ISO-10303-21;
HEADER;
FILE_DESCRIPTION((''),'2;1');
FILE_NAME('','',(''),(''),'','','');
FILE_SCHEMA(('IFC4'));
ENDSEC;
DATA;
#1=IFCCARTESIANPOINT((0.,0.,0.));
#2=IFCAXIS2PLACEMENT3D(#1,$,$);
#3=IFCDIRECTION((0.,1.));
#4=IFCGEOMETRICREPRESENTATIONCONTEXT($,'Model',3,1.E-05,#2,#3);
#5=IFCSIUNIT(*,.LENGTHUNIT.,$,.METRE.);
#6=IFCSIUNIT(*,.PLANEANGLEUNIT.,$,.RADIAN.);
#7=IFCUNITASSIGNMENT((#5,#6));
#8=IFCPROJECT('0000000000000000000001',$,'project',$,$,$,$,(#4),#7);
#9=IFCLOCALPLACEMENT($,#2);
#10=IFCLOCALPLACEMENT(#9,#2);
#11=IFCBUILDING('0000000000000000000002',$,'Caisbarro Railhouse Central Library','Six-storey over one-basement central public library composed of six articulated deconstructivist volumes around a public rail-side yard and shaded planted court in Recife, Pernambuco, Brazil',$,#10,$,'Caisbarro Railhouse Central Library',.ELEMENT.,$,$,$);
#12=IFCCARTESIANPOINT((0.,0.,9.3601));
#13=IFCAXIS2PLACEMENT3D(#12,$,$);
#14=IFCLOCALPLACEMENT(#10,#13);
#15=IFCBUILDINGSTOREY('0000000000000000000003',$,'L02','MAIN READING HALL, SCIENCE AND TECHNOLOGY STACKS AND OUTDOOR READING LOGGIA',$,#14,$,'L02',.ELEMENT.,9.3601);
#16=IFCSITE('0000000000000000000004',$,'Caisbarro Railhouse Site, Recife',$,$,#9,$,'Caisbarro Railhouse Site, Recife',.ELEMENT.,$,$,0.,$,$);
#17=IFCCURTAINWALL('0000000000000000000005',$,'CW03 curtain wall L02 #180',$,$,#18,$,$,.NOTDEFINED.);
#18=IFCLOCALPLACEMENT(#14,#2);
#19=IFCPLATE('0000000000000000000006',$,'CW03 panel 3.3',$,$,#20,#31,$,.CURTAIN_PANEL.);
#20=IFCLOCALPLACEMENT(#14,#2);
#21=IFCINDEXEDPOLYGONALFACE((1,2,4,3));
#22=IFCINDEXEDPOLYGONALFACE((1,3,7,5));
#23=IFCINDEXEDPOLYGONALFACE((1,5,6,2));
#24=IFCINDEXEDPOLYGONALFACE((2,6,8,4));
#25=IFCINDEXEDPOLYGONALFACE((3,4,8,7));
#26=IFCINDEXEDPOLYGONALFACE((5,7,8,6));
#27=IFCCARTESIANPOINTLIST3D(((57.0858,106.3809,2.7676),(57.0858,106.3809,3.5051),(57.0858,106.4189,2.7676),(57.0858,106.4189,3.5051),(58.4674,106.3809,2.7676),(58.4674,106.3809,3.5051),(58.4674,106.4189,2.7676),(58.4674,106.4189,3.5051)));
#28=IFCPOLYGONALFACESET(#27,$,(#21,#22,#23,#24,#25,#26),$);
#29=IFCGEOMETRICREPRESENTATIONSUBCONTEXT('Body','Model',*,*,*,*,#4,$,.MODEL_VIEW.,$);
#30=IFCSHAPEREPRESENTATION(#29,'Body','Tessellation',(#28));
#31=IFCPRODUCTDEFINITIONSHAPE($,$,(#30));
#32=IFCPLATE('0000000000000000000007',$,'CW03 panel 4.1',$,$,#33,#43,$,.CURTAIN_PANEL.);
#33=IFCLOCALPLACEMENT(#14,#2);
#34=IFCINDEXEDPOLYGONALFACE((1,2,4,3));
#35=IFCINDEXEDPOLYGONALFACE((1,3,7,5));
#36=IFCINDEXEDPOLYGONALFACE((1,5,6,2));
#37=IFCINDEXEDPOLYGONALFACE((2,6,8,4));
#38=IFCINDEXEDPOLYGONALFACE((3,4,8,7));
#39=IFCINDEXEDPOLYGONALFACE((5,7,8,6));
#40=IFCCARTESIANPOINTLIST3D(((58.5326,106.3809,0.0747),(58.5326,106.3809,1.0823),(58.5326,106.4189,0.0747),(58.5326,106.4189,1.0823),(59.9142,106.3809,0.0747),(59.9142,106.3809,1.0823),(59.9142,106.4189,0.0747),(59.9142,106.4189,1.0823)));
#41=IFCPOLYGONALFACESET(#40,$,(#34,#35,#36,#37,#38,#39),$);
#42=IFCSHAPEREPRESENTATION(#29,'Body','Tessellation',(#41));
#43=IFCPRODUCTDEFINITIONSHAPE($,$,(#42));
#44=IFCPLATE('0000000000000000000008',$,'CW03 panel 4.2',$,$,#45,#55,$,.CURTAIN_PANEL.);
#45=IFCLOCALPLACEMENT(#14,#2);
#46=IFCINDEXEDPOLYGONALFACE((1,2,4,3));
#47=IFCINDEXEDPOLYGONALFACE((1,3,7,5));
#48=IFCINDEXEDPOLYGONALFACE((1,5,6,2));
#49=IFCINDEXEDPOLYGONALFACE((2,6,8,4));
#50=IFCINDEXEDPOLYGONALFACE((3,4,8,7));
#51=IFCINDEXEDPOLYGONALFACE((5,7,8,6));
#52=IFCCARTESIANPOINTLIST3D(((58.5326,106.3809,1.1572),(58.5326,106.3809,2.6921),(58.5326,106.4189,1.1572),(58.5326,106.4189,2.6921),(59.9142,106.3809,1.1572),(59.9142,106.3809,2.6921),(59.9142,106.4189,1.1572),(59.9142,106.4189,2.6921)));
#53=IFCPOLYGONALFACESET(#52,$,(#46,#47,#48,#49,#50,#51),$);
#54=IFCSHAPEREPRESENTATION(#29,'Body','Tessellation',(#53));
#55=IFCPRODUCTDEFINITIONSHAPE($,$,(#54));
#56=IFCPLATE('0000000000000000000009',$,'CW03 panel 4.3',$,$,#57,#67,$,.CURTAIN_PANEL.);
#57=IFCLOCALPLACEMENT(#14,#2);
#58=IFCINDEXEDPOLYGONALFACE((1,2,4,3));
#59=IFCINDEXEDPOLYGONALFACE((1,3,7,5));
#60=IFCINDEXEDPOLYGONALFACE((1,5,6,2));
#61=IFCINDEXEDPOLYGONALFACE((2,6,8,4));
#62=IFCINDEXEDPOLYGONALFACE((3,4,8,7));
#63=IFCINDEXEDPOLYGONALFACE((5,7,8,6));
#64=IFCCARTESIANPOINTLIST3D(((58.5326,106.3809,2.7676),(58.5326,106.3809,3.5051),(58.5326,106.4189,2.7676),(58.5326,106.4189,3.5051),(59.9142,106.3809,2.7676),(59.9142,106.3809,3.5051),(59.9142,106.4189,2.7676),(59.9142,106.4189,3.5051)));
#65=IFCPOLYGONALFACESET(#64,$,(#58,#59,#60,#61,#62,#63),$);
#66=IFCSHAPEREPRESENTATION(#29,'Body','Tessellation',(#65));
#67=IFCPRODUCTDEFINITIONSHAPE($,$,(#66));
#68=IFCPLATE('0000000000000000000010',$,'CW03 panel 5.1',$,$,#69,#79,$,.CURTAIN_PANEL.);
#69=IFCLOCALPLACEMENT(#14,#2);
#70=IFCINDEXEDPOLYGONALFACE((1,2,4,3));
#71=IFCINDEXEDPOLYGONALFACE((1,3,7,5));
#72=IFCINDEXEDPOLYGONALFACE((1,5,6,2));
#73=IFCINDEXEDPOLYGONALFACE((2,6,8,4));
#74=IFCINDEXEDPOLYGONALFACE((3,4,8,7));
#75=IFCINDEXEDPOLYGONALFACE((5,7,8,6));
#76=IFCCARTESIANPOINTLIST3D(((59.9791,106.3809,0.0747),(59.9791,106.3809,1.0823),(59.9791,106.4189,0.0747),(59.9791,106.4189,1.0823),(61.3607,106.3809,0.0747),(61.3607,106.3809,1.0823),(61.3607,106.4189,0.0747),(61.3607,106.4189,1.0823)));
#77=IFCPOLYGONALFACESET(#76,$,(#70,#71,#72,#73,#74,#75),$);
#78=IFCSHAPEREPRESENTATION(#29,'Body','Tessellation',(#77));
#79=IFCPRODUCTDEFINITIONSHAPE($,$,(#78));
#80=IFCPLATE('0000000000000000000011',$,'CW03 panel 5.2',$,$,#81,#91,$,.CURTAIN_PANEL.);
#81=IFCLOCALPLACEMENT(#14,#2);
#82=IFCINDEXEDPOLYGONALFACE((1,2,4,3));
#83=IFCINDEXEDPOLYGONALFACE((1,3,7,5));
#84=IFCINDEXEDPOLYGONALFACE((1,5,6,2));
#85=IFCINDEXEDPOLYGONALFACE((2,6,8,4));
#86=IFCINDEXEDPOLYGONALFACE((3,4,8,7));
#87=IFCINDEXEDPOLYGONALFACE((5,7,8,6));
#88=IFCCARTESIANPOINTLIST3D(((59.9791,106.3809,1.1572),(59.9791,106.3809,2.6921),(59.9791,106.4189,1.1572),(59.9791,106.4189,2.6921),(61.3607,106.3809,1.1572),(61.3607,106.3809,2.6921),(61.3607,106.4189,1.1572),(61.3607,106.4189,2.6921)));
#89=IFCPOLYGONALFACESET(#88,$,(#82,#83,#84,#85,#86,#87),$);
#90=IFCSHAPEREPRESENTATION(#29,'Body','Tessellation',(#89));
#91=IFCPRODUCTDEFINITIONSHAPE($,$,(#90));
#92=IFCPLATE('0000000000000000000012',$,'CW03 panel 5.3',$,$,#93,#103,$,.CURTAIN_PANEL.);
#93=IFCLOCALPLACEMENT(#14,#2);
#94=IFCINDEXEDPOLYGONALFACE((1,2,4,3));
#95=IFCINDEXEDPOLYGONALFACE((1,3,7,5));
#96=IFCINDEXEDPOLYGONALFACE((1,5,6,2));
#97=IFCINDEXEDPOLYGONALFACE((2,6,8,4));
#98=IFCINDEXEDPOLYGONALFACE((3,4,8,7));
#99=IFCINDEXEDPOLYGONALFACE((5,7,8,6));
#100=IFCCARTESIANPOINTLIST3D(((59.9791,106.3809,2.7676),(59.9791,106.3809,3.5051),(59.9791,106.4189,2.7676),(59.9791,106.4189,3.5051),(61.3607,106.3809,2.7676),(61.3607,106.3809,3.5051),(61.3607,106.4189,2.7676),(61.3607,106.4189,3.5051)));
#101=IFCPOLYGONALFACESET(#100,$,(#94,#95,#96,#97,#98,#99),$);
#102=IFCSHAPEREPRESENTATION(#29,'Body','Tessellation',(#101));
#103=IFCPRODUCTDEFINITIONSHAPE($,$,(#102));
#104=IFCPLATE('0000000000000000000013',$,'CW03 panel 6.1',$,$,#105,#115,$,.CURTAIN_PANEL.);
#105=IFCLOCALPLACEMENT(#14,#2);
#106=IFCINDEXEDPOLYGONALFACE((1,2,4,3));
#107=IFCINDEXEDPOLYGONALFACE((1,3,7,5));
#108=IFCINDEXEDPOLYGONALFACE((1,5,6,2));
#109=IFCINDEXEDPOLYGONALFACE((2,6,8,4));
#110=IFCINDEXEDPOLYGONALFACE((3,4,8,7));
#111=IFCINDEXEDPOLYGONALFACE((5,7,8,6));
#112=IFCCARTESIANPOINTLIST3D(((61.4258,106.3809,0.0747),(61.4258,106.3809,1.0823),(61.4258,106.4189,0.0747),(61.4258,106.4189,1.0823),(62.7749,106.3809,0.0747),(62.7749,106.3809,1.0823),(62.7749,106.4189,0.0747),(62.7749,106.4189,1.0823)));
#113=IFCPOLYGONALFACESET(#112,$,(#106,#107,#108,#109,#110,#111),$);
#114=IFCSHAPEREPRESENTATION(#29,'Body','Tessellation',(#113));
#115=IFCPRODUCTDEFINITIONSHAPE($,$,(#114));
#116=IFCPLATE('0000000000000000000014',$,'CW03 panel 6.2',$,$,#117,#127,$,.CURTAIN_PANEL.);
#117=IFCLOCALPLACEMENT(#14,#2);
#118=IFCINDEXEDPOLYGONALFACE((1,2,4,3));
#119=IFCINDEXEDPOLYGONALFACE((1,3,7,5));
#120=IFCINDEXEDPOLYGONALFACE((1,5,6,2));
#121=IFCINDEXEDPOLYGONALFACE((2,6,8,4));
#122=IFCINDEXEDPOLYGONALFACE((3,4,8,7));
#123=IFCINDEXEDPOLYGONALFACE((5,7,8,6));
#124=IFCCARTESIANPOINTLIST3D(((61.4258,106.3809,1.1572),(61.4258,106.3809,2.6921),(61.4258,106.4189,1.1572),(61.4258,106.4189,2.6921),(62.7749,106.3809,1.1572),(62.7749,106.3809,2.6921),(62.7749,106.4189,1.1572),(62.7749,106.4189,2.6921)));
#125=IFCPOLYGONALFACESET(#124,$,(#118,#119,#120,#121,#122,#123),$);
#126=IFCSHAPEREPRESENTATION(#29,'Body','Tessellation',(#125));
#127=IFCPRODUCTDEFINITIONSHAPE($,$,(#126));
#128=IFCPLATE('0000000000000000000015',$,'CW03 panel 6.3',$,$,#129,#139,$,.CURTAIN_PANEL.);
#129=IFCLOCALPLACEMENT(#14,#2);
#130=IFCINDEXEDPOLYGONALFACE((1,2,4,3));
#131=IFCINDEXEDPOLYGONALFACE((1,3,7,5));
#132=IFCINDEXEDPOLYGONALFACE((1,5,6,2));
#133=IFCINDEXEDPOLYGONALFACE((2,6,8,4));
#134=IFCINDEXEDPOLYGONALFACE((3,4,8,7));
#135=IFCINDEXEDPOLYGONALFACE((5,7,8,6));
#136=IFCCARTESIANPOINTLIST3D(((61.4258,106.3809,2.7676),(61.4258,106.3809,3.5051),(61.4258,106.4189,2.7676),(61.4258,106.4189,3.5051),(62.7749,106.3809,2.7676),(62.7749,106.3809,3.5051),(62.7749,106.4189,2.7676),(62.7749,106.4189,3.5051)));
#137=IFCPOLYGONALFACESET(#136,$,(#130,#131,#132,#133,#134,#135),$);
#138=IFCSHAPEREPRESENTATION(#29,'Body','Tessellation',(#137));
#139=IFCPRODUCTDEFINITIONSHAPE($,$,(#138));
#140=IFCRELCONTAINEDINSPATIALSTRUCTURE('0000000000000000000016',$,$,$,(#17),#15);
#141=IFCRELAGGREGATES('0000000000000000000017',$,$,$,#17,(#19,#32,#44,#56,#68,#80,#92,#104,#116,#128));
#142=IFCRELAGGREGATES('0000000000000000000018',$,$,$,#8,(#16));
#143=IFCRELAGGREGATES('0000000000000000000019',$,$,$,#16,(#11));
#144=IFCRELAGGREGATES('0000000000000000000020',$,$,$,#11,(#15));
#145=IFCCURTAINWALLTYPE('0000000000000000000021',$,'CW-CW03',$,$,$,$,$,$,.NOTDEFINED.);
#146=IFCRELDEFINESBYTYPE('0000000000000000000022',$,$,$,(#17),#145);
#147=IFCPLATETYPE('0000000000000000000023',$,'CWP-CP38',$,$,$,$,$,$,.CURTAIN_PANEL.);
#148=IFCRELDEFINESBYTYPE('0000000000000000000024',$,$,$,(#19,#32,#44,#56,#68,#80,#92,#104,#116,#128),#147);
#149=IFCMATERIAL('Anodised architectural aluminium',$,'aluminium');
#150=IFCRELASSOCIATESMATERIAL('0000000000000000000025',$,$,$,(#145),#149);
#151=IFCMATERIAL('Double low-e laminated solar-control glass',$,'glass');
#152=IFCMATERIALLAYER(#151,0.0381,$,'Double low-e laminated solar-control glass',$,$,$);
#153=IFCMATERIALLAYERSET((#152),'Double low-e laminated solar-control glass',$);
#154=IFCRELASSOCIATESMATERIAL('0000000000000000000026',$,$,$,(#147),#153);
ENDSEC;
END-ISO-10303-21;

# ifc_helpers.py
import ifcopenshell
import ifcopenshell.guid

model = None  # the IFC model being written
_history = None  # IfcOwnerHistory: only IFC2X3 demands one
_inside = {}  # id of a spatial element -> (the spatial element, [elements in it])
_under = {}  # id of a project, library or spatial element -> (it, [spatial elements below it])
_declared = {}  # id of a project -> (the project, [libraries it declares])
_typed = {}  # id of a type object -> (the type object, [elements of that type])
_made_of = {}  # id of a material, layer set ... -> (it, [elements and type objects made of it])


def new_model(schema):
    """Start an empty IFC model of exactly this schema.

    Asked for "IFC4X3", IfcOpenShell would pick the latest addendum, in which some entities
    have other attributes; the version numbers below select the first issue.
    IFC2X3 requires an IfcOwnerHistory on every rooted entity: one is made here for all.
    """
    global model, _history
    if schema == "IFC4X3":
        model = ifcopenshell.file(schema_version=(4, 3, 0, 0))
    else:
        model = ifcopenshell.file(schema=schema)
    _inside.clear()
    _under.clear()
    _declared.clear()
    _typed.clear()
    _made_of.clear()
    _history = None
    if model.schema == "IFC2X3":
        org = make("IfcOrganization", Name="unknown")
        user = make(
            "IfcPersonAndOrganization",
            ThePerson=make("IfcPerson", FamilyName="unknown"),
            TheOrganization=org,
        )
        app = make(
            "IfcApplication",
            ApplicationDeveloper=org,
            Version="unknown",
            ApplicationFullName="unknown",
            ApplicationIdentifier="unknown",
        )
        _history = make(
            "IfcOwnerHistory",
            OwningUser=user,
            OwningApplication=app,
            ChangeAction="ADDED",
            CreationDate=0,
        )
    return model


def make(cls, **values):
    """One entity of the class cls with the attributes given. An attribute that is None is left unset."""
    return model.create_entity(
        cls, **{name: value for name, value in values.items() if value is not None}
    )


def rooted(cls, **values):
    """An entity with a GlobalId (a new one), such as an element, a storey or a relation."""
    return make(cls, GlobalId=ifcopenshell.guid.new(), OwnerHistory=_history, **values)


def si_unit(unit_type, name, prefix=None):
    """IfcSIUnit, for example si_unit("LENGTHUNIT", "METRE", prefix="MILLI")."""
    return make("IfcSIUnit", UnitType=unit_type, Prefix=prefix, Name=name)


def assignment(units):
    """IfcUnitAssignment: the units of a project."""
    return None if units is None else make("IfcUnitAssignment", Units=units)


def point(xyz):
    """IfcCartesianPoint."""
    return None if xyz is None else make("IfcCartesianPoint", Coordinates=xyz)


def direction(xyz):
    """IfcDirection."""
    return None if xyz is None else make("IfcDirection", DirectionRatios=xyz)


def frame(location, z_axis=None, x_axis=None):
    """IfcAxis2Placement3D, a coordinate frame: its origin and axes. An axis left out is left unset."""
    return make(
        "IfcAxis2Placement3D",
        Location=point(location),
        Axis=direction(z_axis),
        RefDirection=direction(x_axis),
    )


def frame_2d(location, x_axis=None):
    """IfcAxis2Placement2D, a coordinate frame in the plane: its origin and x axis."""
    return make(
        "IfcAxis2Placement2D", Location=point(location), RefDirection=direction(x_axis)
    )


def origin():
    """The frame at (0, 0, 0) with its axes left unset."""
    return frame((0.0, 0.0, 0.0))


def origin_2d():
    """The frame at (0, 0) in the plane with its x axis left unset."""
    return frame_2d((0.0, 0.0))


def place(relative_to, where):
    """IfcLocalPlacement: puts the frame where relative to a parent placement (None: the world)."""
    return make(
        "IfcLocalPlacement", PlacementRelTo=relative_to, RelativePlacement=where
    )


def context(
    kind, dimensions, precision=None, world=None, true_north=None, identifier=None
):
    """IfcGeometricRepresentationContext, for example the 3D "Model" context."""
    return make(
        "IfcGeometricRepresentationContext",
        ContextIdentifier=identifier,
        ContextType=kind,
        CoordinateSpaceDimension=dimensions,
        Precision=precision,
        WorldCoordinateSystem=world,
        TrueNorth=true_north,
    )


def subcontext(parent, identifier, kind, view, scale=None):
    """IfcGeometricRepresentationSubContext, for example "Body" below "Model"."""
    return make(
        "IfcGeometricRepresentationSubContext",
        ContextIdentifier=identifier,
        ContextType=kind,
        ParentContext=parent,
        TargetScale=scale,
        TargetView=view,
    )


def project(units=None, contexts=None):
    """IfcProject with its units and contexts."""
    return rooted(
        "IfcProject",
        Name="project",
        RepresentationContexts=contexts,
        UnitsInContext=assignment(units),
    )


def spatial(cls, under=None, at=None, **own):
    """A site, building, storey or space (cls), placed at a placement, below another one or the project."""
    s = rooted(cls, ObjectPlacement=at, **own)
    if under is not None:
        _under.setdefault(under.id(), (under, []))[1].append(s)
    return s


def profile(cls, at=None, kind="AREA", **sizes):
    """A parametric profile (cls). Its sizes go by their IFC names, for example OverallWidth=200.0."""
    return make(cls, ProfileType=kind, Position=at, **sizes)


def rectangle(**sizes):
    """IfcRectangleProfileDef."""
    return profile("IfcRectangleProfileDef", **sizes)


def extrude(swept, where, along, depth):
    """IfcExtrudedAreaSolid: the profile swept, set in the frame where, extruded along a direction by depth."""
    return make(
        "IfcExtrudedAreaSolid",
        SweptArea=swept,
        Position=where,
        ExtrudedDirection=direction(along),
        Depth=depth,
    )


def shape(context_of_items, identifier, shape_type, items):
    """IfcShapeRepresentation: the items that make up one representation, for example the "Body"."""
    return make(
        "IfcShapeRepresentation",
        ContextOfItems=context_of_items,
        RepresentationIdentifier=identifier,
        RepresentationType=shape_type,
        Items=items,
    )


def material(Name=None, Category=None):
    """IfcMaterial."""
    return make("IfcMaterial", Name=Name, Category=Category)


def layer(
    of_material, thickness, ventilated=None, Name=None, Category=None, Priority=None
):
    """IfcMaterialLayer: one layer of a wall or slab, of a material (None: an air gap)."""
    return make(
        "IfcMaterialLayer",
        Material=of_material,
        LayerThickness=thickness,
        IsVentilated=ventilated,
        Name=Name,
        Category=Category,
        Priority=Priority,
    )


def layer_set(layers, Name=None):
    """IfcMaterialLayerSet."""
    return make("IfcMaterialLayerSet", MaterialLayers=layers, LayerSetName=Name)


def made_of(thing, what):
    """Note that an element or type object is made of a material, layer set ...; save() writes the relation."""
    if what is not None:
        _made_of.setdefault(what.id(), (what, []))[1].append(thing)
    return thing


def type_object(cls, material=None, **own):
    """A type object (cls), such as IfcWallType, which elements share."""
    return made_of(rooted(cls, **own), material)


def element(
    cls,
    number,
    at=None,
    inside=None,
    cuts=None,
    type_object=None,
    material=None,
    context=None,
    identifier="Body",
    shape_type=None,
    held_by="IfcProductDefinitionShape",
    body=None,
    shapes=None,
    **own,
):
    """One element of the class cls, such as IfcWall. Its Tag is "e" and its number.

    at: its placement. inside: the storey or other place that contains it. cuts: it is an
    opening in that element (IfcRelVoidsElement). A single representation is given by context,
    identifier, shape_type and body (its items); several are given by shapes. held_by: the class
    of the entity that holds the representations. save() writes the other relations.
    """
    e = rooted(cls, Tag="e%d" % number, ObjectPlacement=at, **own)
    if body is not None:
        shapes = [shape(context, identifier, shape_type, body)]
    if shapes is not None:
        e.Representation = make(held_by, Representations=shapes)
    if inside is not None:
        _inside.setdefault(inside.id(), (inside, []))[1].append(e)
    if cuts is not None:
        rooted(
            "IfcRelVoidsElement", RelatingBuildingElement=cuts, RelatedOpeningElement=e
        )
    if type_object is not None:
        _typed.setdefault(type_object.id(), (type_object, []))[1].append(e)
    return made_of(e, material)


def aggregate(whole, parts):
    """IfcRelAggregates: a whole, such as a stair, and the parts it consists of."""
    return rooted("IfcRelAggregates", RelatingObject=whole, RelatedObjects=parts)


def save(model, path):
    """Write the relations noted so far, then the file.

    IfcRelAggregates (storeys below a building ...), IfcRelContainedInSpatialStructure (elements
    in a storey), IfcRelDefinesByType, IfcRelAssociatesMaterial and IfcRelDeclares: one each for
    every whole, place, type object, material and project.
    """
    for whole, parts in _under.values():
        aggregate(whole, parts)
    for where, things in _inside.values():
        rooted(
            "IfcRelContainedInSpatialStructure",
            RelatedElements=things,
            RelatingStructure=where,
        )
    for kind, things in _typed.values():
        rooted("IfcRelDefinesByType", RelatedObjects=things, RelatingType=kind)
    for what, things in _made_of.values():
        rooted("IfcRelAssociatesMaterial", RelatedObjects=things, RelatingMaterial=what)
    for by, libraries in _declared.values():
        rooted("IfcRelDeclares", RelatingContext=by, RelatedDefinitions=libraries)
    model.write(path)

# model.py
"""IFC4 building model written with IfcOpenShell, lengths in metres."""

from ifc_helpers import new_model, si_unit, direction, frame, origin, origin_2d, place, context, subcontext, project, spatial, rectangle, extrude, material, layer, layer_set, type_object, element, aggregate, save


model = new_model("IFC4")

# Units and contexts
model_context = context("Model", 3, precision=1e-05, world=origin(), true_north=direction((0.0, 1.0)))
body_context = subcontext(model_context, "Body", "Model", "MODEL_VIEW")
ifc_project = project(units=[si_unit("LENGTHUNIT", "METRE"), si_unit("PLANEANGLEUNIT", "RADIAN")], contexts=[model_context])

# Site, building, storey
site_placement = place(None, origin())
site = spatial("IfcSite", under=ifc_project, at=site_placement, Name="Caisbarro Railhouse Site, Recife", LongName="Caisbarro Railhouse Site, Recife", CompositionType="ELEMENT", RefElevation=0.0)
building_placement = place(site_placement, origin())
building = spatial("IfcBuilding", under=site, at=building_placement, Name="Caisbarro Railhouse Central Library", Description="Six-storey over one-basement central public library composed of six articulated deconstructivist volumes around a public rail-side yard and shaded planted court in Recife, Pernambuco, Brazil", LongName="Caisbarro Railhouse Central Library", CompositionType="ELEMENT")
storey_placement = place(building_placement, frame((0.0, 0.0, 9.3601)))
storey = spatial("IfcBuildingStorey", under=building, at=storey_placement, Name="L02", Description="MAIN READING HALL, SCIENCE AND TECHNOLOGY STACKS AND OUTDOOR READING LOGGIA", LongName="L02", CompositionType="ELEMENT", Elevation=9.3601)

# Curtain wall, plates
ifc_material_1 = material(Name="Anodised architectural aluminium", Category="aluminium")
curtain_wall_type = type_object("IfcCurtainWallType", Name="CW-CW03", PredefinedType="NOTDEFINED", material=ifc_material_1)
curtain_wall_placement = place(storey_placement, origin())
curtain_wall = element("IfcCurtainWall", 1, at=curtain_wall_placement, inside=storey, type_object=curtain_wall_type, Name="CW03 curtain wall L02 #180", PredefinedType="NOTDEFINED")
ifc_material_2 = material(Name="Double low-e laminated solar-control glass", Category="glass")
ifc_layer = layer(ifc_material_2, 0.0381, Name="Double low-e laminated solar-control glass")
ifc_layer_set = layer_set([ifc_layer], Name="Double low-e laminated solar-control glass")
plate_type = type_object("IfcPlateType", Name="CWP-CP38", PredefinedType="CURTAIN_PANEL", material=ifc_layer_set)
plate_1_placement = place(storey_placement, frame((57.7766, 106.3999, 2.7676), z_axis=(0.0, 0.0, 1.0), x_axis=(1.0, 0.0, 0.0)))
plate_1 = element("IfcPlate", 2, at=plate_1_placement, type_object=plate_type, Name="CW03 panel 3.3", PredefinedType="CURTAIN_PANEL", context=body_context, shape_type="SweptSolid", body=[
    extrude(rectangle(XDim=1.3816, YDim=0.0381, at=origin_2d()), origin(), (0.0, 0.0, 1.0), 0.7375),
])
plate_2_placement = place(storey_placement, frame((59.2234, 106.3999, 0.0747), z_axis=(0.0, 0.0, 1.0), x_axis=(1.0, 0.0, 0.0)))
plate_2 = element("IfcPlate", 3, at=plate_2_placement, type_object=plate_type, Name="CW03 panel 4.1", PredefinedType="CURTAIN_PANEL", context=body_context, shape_type="SweptSolid", body=[
    extrude(rectangle(XDim=1.3816, YDim=0.0381, at=origin_2d()), origin(), (0.0, 0.0, 1.0), 1.0076),
])
plate_3_placement = place(storey_placement, frame((59.2234, 106.3999, 1.1572), z_axis=(0.0, 0.0, 1.0), x_axis=(1.0, 0.0, 0.0)))
plate_3 = element("IfcPlate", 4, at=plate_3_placement, type_object=plate_type, Name="CW03 panel 4.2", PredefinedType="CURTAIN_PANEL", context=body_context, shape_type="SweptSolid", body=[
    extrude(rectangle(XDim=1.3816, YDim=0.0381, at=origin_2d()), origin(), (0.0, 0.0, 1.0), 1.5349),
])
plate_4_placement = place(storey_placement, frame((59.2234, 106.3999, 2.7676), z_axis=(0.0, 0.0, 1.0), x_axis=(1.0, 0.0, 0.0)))
plate_4 = element("IfcPlate", 5, at=plate_4_placement, type_object=plate_type, Name="CW03 panel 4.3", PredefinedType="CURTAIN_PANEL", context=body_context, shape_type="SweptSolid", body=[
    extrude(rectangle(XDim=1.3816, YDim=0.0381, at=origin_2d()), origin(), (0.0, 0.0, 1.0), 0.7375),
])
plate_5_placement = place(storey_placement, frame((60.6699, 106.3999, 0.0747), z_axis=(0.0, 0.0, 1.0), x_axis=(1.0, 0.0, 0.0)))
plate_5 = element("IfcPlate", 6, at=plate_5_placement, type_object=plate_type, Name="CW03 panel 5.1", PredefinedType="CURTAIN_PANEL", context=body_context, shape_type="SweptSolid", body=[
    extrude(rectangle(XDim=1.3816, YDim=0.0381, at=origin_2d()), origin(), (0.0, 0.0, 1.0), 1.0076),
])
plate_6_placement = place(storey_placement, frame((60.6699, 106.3999, 1.1572), z_axis=(0.0, 0.0, 1.0), x_axis=(1.0, 0.0, 0.0)))
plate_6 = element("IfcPlate", 7, at=plate_6_placement, type_object=plate_type, Name="CW03 panel 5.2", PredefinedType="CURTAIN_PANEL", context=body_context, shape_type="SweptSolid", body=[
    extrude(rectangle(XDim=1.3816, YDim=0.0381, at=origin_2d()), origin(), (0.0, 0.0, 1.0), 1.5349),
])
plate_7_placement = place(storey_placement, frame((60.6699, 106.3999, 2.7676), z_axis=(0.0, 0.0, 1.0), x_axis=(1.0, 0.0, 0.0)))
plate_7 = element("IfcPlate", 8, at=plate_7_placement, type_object=plate_type, Name="CW03 panel 5.3", PredefinedType="CURTAIN_PANEL", context=body_context, shape_type="SweptSolid", body=[
    extrude(rectangle(XDim=1.3816, YDim=0.0381, at=origin_2d()), origin(), (0.0, 0.0, 1.0), 0.7375),
])
plate_8_placement = place(storey_placement, frame((62.1003, 106.3999, 0.0747), z_axis=(0.0, 0.0, 1.0), x_axis=(1.0, 0.0, 0.0)))
plate_8 = element("IfcPlate", 9, at=plate_8_placement, type_object=plate_type, Name="CW03 panel 6.1", PredefinedType="CURTAIN_PANEL", context=body_context, shape_type="SweptSolid", body=[
    extrude(rectangle(XDim=1.3491, YDim=0.0381, at=origin_2d()), origin(), (0.0, 0.0, 1.0), 1.0076),
])
plate_9_placement = place(storey_placement, frame((62.1003, 106.3999, 1.1572), z_axis=(0.0, 0.0, 1.0), x_axis=(1.0, 0.0, 0.0)))
plate_9 = element("IfcPlate", 10, at=plate_9_placement, type_object=plate_type, Name="CW03 panel 6.2", PredefinedType="CURTAIN_PANEL", context=body_context, shape_type="SweptSolid", body=[
    extrude(rectangle(XDim=1.3491, YDim=0.0381, at=origin_2d()), origin(), (0.0, 0.0, 1.0), 1.5349),
])
plate_10_placement = place(storey_placement, frame((62.1003, 106.3999, 2.7676), z_axis=(0.0, 0.0, 1.0), x_axis=(1.0, 0.0, 0.0)))
plate_10 = element("IfcPlate", 11, at=plate_10_placement, type_object=plate_type, Name="CW03 panel 6.3", PredefinedType="CURTAIN_PANEL", context=body_context, shape_type="SweptSolid", body=[
    extrude(rectangle(XDim=1.3491, YDim=0.0381, at=origin_2d()), origin(), (0.0, 0.0, 1.0), 0.7375),
])
aggregate(curtain_wall, [plate_1, plate_2, plate_3, plate_4, plate_5, plate_6, plate_7, plate_8, plate_9, plate_10])

save(model, "model.ifc")
